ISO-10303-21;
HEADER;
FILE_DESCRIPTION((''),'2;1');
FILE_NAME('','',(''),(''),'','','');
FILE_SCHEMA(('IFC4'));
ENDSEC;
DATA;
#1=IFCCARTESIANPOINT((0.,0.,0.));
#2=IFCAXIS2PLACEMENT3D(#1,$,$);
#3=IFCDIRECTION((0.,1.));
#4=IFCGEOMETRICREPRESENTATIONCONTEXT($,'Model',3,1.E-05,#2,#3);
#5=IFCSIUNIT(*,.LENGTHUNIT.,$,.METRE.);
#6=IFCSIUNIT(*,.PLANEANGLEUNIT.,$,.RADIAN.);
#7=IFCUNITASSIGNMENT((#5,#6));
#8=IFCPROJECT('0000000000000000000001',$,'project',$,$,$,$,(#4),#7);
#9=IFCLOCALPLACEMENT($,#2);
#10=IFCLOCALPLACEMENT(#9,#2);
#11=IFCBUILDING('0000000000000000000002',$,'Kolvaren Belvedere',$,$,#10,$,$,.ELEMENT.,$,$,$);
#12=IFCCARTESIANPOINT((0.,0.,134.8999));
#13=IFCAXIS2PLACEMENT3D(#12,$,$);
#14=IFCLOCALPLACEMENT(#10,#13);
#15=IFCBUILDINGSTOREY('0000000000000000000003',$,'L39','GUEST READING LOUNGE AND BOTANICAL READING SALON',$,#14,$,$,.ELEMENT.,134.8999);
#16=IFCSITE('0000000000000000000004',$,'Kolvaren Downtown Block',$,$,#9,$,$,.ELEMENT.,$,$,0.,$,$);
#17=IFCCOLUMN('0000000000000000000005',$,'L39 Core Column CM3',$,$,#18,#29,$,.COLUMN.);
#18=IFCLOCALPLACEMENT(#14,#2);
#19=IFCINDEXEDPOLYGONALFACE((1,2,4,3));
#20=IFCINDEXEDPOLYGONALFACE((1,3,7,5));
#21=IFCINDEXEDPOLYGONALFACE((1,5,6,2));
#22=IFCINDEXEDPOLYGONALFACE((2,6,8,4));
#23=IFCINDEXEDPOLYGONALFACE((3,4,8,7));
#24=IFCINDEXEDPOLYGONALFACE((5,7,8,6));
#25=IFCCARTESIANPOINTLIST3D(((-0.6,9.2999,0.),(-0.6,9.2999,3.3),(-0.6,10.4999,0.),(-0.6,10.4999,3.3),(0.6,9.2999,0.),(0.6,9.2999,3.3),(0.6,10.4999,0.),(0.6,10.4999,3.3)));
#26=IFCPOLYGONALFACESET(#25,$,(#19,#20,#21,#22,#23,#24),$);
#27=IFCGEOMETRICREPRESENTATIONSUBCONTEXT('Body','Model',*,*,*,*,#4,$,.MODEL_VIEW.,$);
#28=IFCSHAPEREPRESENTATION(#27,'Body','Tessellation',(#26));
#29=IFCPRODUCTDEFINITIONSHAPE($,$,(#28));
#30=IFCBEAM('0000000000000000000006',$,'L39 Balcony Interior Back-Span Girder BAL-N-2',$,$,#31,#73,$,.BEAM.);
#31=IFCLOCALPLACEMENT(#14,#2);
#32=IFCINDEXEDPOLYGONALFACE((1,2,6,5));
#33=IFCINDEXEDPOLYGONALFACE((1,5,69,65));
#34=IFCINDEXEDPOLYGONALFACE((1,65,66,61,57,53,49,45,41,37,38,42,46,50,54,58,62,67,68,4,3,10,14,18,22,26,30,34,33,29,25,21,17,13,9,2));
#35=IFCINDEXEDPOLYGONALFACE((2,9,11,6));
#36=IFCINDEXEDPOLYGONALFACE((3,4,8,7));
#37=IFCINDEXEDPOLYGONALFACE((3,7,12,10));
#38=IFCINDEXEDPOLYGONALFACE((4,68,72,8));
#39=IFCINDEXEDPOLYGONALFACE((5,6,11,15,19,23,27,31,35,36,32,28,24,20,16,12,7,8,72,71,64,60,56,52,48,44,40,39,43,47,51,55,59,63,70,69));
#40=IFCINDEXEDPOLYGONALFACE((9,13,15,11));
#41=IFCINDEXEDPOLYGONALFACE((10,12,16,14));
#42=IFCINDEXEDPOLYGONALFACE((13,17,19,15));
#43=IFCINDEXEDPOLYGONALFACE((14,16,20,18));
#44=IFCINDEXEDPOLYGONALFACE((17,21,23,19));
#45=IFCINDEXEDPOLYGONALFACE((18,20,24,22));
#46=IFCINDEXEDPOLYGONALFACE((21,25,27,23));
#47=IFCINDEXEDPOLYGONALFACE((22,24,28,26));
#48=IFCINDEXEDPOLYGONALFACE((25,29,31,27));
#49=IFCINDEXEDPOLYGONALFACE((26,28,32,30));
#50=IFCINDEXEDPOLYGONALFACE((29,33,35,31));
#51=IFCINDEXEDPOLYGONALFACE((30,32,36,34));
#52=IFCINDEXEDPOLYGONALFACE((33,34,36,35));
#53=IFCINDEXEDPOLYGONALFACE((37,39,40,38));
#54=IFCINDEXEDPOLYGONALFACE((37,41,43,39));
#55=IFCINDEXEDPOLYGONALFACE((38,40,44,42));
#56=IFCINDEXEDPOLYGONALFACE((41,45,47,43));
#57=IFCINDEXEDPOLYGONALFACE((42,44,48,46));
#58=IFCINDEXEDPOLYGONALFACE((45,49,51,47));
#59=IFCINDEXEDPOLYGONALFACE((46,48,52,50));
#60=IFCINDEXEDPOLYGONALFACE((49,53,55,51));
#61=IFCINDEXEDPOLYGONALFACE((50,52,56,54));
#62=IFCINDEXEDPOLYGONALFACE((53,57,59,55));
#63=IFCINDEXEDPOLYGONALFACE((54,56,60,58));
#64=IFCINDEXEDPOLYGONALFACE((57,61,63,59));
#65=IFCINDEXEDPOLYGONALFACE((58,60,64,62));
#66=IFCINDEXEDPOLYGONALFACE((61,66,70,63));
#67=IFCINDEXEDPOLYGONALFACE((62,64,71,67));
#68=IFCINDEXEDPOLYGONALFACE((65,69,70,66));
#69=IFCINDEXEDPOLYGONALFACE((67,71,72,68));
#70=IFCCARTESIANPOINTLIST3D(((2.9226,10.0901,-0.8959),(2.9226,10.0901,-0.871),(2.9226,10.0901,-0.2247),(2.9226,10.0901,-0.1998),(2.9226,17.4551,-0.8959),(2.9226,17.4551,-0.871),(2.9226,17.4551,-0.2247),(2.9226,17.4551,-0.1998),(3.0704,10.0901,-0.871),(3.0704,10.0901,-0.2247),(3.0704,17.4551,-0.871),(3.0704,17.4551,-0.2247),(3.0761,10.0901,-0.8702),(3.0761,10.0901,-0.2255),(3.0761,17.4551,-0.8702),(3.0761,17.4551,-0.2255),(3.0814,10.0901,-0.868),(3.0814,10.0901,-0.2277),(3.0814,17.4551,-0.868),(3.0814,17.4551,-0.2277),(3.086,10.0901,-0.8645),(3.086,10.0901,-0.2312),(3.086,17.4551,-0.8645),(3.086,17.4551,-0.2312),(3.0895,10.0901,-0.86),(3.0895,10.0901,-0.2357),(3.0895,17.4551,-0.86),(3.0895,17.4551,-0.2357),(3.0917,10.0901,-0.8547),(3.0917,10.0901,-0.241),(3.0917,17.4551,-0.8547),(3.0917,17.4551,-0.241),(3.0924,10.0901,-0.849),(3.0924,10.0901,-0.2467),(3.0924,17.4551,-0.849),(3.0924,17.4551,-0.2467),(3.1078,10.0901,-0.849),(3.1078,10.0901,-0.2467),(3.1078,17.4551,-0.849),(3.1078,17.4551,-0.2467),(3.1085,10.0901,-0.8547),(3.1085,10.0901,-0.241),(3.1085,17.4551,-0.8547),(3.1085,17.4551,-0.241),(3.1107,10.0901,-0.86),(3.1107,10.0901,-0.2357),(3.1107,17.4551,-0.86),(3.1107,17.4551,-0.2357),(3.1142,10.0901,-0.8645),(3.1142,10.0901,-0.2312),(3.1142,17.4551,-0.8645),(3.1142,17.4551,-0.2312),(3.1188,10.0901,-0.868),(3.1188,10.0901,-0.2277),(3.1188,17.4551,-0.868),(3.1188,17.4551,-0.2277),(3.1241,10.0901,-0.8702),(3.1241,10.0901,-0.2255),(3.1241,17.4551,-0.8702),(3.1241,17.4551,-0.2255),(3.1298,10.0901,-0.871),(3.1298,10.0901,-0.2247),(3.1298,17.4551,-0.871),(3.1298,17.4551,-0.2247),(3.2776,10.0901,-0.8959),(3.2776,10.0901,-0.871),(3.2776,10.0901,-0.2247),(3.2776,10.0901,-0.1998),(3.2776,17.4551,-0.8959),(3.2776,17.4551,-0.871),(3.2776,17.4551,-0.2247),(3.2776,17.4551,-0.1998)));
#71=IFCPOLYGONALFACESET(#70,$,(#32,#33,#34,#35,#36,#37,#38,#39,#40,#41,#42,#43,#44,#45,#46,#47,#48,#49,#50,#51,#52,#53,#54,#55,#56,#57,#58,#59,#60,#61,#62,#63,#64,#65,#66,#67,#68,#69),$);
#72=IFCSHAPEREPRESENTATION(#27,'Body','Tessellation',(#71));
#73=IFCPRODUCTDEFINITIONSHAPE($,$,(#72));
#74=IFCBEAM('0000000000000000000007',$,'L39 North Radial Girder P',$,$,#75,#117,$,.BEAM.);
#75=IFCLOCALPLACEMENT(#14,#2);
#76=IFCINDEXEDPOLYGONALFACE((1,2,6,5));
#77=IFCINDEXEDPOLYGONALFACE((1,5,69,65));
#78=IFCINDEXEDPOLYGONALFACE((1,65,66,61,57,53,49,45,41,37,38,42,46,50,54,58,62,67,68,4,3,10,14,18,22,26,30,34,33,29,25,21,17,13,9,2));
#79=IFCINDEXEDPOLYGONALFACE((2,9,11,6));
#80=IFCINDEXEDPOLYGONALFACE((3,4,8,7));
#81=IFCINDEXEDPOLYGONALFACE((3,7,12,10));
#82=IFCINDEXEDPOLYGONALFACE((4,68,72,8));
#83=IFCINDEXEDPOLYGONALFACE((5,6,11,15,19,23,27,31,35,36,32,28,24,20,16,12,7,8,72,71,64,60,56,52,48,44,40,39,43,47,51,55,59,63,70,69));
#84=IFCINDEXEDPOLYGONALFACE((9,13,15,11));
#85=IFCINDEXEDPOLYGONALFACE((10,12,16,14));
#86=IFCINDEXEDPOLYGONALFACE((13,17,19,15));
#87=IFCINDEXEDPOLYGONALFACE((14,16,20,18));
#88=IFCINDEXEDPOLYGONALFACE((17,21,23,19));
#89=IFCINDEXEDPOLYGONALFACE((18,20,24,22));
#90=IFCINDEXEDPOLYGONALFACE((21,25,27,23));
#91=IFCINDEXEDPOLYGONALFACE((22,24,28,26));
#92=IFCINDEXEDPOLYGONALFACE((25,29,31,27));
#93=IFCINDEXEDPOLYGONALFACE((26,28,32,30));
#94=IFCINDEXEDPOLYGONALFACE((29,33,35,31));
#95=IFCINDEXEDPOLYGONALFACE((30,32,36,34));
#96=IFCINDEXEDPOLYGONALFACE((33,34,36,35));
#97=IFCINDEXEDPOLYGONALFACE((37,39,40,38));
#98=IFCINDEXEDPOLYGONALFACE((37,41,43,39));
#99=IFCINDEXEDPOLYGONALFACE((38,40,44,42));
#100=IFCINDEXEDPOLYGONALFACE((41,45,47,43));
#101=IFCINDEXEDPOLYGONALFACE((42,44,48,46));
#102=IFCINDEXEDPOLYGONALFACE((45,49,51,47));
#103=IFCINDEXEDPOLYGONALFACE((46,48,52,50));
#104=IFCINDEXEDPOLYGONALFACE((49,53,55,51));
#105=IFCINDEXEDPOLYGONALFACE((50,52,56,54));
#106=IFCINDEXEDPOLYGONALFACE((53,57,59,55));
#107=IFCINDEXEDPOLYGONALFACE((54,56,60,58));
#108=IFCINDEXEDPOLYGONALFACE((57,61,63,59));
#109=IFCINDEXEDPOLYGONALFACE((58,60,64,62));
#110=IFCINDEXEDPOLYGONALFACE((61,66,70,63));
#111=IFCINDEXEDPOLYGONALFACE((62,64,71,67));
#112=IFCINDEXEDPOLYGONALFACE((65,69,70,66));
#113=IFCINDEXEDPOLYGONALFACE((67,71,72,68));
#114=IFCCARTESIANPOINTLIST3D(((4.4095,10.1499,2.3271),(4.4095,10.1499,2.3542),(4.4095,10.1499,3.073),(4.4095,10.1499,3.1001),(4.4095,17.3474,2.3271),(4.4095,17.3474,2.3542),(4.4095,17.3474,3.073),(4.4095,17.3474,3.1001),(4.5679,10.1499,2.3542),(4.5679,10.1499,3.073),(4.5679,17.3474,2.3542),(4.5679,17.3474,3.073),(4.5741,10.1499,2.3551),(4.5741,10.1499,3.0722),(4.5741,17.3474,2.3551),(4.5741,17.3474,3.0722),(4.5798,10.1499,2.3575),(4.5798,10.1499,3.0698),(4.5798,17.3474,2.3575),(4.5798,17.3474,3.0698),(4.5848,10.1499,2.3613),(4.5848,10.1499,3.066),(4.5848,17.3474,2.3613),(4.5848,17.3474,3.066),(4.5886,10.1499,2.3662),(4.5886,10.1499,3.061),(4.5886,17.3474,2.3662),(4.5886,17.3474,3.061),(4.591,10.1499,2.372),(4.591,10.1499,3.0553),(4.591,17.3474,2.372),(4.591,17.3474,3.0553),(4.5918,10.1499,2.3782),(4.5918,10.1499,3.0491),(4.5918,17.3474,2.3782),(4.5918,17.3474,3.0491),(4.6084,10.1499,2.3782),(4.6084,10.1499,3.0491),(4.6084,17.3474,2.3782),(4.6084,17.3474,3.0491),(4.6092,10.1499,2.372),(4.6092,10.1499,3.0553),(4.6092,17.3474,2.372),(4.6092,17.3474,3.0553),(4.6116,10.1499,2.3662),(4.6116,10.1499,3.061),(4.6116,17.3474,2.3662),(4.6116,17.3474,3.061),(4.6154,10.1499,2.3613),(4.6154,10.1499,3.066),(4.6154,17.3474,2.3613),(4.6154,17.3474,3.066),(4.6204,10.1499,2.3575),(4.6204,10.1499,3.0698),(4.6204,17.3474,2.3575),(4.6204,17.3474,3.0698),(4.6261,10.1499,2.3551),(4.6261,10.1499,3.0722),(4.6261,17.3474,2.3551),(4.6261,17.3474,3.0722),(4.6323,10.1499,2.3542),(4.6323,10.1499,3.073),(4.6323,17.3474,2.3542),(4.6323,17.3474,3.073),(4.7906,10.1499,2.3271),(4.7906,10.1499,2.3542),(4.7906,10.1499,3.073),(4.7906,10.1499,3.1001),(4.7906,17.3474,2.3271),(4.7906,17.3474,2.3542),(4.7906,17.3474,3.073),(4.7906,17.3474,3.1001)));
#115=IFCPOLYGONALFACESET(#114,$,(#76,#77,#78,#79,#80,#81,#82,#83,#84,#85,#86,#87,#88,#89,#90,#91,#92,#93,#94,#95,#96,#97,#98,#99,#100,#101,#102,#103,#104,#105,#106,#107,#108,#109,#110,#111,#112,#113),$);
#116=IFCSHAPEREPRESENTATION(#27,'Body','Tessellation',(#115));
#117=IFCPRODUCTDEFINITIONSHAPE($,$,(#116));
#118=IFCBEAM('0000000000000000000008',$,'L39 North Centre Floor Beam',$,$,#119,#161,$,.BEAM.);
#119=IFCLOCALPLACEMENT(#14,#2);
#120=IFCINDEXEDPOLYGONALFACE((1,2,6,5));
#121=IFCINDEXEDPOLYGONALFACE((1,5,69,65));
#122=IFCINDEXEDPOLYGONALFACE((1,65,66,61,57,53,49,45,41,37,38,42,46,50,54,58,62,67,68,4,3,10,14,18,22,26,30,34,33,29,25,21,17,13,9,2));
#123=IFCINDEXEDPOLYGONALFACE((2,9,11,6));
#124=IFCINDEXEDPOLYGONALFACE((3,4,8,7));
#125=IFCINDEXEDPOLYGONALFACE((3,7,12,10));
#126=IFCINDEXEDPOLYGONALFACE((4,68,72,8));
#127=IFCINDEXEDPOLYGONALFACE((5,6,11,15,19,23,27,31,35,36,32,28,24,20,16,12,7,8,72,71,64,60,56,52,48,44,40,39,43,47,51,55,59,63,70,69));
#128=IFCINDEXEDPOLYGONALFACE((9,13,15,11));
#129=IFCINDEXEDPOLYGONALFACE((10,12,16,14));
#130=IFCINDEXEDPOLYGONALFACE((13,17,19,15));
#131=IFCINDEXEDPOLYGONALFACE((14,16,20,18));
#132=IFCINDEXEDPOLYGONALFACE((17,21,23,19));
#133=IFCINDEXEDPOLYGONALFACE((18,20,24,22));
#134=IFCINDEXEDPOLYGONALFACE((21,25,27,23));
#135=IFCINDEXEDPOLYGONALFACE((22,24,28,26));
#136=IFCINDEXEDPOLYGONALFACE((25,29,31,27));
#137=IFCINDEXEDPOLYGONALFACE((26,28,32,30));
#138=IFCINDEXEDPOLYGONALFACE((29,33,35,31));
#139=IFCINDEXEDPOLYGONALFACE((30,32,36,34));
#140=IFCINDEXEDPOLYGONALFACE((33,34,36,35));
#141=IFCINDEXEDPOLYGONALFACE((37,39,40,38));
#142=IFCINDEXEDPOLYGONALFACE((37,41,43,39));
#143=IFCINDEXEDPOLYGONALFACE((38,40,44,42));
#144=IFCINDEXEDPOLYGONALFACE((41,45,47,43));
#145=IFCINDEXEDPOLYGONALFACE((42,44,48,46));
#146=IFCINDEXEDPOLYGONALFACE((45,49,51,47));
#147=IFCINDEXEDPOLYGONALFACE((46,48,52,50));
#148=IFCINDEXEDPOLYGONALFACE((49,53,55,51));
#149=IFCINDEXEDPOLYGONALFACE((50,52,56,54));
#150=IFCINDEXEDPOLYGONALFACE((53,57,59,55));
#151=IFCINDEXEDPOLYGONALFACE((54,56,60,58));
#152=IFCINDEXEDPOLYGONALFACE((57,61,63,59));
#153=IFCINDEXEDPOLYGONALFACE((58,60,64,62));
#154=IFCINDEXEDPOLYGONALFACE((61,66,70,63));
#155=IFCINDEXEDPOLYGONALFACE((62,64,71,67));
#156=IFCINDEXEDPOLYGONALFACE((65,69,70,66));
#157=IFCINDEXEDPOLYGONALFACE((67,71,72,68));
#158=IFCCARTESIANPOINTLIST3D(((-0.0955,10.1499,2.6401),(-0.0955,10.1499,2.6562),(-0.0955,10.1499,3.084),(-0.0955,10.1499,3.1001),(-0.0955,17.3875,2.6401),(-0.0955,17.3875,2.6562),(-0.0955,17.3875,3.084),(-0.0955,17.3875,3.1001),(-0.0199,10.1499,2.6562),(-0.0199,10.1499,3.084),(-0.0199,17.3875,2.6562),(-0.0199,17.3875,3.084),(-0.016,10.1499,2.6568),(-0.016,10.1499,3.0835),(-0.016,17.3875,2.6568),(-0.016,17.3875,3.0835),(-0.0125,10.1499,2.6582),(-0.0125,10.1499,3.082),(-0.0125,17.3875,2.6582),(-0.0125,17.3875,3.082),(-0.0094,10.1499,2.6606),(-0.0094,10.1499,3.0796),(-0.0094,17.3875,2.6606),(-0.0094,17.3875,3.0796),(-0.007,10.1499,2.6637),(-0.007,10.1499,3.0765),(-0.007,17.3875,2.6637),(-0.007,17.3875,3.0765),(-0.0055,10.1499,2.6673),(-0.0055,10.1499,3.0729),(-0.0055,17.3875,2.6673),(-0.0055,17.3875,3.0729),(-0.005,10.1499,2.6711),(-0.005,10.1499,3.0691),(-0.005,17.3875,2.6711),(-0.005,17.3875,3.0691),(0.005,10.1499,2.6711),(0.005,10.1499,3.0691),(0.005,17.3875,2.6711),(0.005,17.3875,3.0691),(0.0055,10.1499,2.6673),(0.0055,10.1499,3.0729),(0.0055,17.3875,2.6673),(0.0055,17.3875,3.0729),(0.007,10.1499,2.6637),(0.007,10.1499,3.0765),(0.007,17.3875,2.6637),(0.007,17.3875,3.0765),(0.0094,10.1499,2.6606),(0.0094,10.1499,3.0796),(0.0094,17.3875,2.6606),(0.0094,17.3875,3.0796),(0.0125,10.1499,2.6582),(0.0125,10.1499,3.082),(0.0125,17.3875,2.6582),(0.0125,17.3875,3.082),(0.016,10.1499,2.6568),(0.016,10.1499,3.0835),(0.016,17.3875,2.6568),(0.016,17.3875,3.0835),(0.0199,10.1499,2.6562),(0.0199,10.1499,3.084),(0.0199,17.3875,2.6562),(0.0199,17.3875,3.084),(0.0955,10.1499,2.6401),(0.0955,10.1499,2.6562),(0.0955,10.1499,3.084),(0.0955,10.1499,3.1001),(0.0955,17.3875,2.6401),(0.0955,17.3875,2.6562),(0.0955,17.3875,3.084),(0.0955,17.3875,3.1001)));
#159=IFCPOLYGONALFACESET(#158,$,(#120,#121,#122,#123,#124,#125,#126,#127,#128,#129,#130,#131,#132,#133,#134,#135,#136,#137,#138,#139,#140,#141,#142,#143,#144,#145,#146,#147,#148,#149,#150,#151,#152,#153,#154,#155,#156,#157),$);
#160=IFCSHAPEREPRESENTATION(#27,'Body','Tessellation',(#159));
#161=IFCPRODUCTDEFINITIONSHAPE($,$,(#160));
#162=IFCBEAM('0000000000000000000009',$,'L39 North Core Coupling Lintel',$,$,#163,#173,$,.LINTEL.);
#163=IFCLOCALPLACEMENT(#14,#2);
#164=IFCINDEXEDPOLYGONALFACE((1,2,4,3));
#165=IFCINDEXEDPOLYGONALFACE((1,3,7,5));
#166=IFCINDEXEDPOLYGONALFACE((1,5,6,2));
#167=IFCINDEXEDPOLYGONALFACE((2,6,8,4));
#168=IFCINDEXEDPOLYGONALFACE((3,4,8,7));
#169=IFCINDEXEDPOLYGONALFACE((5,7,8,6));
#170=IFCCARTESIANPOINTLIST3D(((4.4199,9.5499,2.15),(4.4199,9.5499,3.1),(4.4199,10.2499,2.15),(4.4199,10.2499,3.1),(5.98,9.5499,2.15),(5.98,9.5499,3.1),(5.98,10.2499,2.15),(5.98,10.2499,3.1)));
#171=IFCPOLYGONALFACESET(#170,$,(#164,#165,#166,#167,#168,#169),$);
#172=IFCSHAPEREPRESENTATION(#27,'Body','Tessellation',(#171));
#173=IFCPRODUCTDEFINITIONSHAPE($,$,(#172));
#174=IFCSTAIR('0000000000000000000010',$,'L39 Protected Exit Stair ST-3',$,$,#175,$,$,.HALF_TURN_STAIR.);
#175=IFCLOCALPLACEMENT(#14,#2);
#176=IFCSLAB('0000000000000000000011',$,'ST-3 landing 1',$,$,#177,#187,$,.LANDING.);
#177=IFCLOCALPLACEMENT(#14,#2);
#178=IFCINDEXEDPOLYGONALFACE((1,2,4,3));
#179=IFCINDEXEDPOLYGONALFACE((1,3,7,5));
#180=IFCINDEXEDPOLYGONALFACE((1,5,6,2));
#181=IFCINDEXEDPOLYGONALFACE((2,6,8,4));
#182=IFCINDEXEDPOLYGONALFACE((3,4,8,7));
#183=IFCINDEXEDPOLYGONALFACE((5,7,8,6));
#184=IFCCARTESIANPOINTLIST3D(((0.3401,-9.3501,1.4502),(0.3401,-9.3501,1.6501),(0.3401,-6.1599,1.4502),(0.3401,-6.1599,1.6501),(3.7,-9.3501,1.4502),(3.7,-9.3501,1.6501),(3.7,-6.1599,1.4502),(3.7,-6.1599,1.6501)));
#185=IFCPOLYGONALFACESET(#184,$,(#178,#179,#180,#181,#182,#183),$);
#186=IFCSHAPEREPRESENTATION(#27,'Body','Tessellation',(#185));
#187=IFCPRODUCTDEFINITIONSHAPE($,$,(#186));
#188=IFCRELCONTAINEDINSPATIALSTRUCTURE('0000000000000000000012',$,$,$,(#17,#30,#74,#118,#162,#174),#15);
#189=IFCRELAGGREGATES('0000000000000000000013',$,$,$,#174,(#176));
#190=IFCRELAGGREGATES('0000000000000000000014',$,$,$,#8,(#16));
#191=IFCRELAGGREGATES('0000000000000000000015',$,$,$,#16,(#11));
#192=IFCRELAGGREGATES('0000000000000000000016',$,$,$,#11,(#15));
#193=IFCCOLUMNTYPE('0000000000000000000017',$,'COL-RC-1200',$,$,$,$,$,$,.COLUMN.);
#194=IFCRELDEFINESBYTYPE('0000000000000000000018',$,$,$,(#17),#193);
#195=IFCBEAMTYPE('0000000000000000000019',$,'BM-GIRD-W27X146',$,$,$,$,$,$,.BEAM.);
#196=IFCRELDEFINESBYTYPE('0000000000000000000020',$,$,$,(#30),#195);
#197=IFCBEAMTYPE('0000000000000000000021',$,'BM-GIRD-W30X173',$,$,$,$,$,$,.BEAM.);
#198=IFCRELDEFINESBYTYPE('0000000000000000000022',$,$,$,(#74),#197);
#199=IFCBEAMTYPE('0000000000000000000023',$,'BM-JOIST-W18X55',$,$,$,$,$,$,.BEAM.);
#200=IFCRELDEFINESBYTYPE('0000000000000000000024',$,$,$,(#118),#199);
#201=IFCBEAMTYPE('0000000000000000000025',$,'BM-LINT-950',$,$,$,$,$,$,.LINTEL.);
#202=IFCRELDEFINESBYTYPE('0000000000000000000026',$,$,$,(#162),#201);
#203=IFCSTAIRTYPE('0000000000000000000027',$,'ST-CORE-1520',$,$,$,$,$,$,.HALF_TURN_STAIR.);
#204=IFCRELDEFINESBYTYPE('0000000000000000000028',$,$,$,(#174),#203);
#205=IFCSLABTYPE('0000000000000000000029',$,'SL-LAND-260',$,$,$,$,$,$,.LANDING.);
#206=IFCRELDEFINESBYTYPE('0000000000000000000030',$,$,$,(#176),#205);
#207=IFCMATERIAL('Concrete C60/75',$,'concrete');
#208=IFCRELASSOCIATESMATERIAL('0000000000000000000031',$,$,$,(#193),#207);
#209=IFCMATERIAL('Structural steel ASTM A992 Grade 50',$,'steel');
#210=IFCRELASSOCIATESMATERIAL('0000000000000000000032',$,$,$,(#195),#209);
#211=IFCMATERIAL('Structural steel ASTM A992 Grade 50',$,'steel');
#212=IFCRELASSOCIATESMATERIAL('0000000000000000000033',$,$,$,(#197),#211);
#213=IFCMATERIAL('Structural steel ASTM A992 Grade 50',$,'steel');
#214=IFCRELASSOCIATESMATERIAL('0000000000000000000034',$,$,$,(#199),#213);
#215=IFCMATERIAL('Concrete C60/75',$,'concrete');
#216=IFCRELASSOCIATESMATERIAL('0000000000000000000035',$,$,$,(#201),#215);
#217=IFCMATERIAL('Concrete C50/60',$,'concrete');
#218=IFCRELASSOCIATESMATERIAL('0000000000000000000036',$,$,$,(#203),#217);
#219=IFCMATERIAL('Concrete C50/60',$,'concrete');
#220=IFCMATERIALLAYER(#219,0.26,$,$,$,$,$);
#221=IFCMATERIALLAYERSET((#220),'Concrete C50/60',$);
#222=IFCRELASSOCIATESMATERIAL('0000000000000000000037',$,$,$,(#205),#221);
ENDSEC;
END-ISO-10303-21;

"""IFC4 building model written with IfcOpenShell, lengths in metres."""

from ifc_helpers import new_model, si_unit, direction, frame, origin, origin_2d, place, context, subcontext, project, spatial, polyline, rectangle, i_section, outline, extrude, material, layer, layer_set, material_profile, profile_set, type_object, element, aggregate, save


model = new_model("IFC4")

# Units and contexts
model_context = context("Model", 3, precision=1e-05, world=origin(), true_north=direction((0.0, 1.0)))
body_context = subcontext(model_context, "Body", "Model", "MODEL_VIEW")
ifc_project = project(units=[si_unit("LENGTHUNIT", "METRE"), si_unit("PLANEANGLEUNIT", "RADIAN")], contexts=[model_context])

# Site, building, storey
site_placement = place(None, origin())
site = spatial("IfcSite", under=ifc_project, at=site_placement, Name="Kolvaren Downtown Block", CompositionType="ELEMENT", RefElevation=0.0)
building_placement = place(site_placement, origin())
building = spatial("IfcBuilding", under=site, at=building_placement, Name="Kolvaren Belvedere", CompositionType="ELEMENT")
storey_placement = place(building_placement, frame((0.0, 0.0, 134.8999)))
storey = spatial("IfcBuildingStorey", under=building, at=storey_placement, Name="L39", Description="GUEST READING LOUNGE AND BOTANICAL READING SALON", CompositionType="ELEMENT", Elevation=134.8999)

# Column
ifc_material_1 = material(Name="Concrete C60/75", Category="concrete")
ifc_material_profile_1 = material_profile(ifc_material_1, rectangle(XDim=1.2, YDim=1.2, at=origin_2d()), Name="RC 1200X1200")
ifc_profile_set_1 = profile_set([ifc_material_profile_1], Name="Concrete C60/75")
column_type = type_object("IfcColumnType", Name="COL-RC-1200", PredefinedType="COLUMN", material=ifc_profile_set_1)
column_placement = place(storey_placement, frame((0.0, 9.8999, 0.0), z_axis=(0.0, 0.0, 1.0), x_axis=(1.0, 0.0, 0.0)))
element("IfcColumn", 1, at=column_placement, inside=storey, type_object=column_type, Name="L39 Core Column CM3", PredefinedType="COLUMN", context=body_context, shape_type="SweptSolid", body=[
    extrude(rectangle(XDim=1.2, YDim=1.2, at=origin_2d()), origin(), (0.0, 0.0, 1.0), 3.3),
])

# Beams
ifc_material_2 = material(Name="Structural steel ASTM A992 Grade 50", Category="steel")
ifc_material_profile_2 = material_profile(ifc_material_2, i_section(OverallWidth=0.355, OverallDepth=0.696, WebThickness=0.0154, FlangeThickness=0.0249, FilletRadius=0.022, at=origin_2d()), Name="W27X146")
ifc_profile_set_2 = profile_set([ifc_material_profile_2], Name="Structural steel ASTM A992 Grade 50")
beam_type_1 = type_object("IfcBeamType", Name="BM-GIRD-W27X146", PredefinedType="BEAM", material=ifc_profile_set_2)
beam_1_placement = place(storey_placement, frame((3.1001, 10.0901, -0.5479), z_axis=(0.0, 1.0, 0.0), x_axis=(-1.0, 0.0, 0.0)))
element("IfcBeam", 2, at=beam_1_placement, inside=storey, type_object=beam_type_1, Name="L39 Balcony Interior Back-Span Girder BAL-N-2", PredefinedType="BEAM", context=body_context, shape_type="SweptSolid", body=[
    extrude(i_section(OverallWidth=0.355, OverallDepth=0.696, WebThickness=0.0154, FlangeThickness=0.0249, FilletRadius=0.022, at=origin_2d()), origin(), (0.0, 0.0, 1.0), 7.365),
])
ifc_material_3 = material(Name="Structural steel ASTM A992 Grade 50", Category="steel")
ifc_material_profile_3 = material_profile(ifc_material_3, i_section(OverallWidth=0.3811, OverallDepth=0.7729, WebThickness=0.0166, FlangeThickness=0.0271, FilletRadius=0.0239, at=origin_2d()), Name="W30X173")
ifc_profile_set_3 = profile_set([ifc_material_profile_3], Name="Structural steel ASTM A992 Grade 50")
beam_type_2 = type_object("IfcBeamType", Name="BM-GIRD-W30X173", PredefinedType="BEAM", material=ifc_profile_set_3)
beam_2_placement = place(storey_placement, frame((4.6001, 10.1499, 2.7136), z_axis=(0.0, 1.0, 0.0), x_axis=(-1.0, 0.0, 0.0)))
element("IfcBeam", 3, at=beam_2_placement, inside=storey, type_object=beam_type_2, Name="L39 North Radial Girder P", PredefinedType="BEAM", context=body_context, shape_type="SweptSolid", body=[
    extrude(i_section(OverallWidth=0.3811, OverallDepth=0.7729, WebThickness=0.0166, FlangeThickness=0.0271, FilletRadius=0.0239, at=origin_2d()), origin(), (0.0, 0.0, 1.0), 7.1975),
])
ifc_material_4 = material(Name="Structural steel ASTM A992 Grade 50", Category="steel")
ifc_material_profile_4 = material_profile(ifc_material_4, i_section(OverallWidth=0.1909, OverallDepth=0.46, WebThickness=0.01, FlangeThickness=0.0161, FilletRadius=0.0149, at=origin_2d()), Name="W18X55")
ifc_profile_set_4 = profile_set([ifc_material_profile_4], Name="Structural steel ASTM A992 Grade 50")
beam_type_3 = type_object("IfcBeamType", Name="BM-JOIST-W18X55", PredefinedType="BEAM", material=ifc_profile_set_4)
beam_3_placement = place(storey_placement, frame((0.0, 10.1499, 2.8701), z_axis=(0.0, 1.0, 0.0), x_axis=(-1.0, 0.0, 0.0)))
element("IfcBeam", 4, at=beam_3_placement, inside=storey, type_object=beam_type_3, Name="L39 North Centre Floor Beam", PredefinedType="BEAM", context=body_context, shape_type="SweptSolid", body=[
    extrude(i_section(OverallWidth=0.1909, OverallDepth=0.46, WebThickness=0.01, FlangeThickness=0.0161, FilletRadius=0.0149, at=origin_2d()), origin(), (0.0, 0.0, 1.0), 7.2375),
])
ifc_material_5 = material(Name="Concrete C60/75", Category="concrete")
ifc_material_profile_5 = material_profile(ifc_material_5, rectangle(XDim=0.7, YDim=0.95, at=origin_2d()), Name="RC 700X950")
ifc_profile_set_5 = profile_set([ifc_material_profile_5], Name="Concrete C60/75")
beam_type_4 = type_object("IfcBeamType", Name="BM-LINT-950", PredefinedType="LINTEL", material=ifc_profile_set_5)
beam_4_placement = place(storey_placement, frame((4.4199, 9.8999, 2.625), z_axis=(1.0, 0.0, 0.0), x_axis=(0.0, 1.0, 0.0)))
element("IfcBeam", 5, at=beam_4_placement, inside=storey, type_object=beam_type_4, Name="L39 North Core Coupling Lintel", PredefinedType="LINTEL", context=body_context, shape_type="SweptSolid", body=[
    extrude(rectangle(XDim=0.7, YDim=0.95, at=origin_2d()), origin(), (0.0, 0.0, 1.0), 1.5601),
])

# Stair, slab
ifc_material_6 = material(Name="Concrete C50/60", Category="concrete")
stair_type = type_object("IfcStairType", Name="ST-CORE-1520", PredefinedType="HALF_TURN_STAIR", material=ifc_material_6)
stair_1_placement = place(storey_placement, origin())
stair_1 = element("IfcStair", 6, at=stair_1_placement, inside=storey, type_object=stair_type, Name="L39 Protected Exit Stair ST-3", PredefinedType="HALF_TURN_STAIR")
ifc_material_7 = material(Name="Concrete C50/60", Category="concrete")
ifc_layer_1 = layer(ifc_material_7, 0.26)
ifc_layer_set_1 = layer_set([ifc_layer_1], Name="Concrete C50/60")
slab_type = type_object("IfcSlabType", Name="SL-LAND-260", PredefinedType="LANDING", material=ifc_layer_set_1)
slab_placement = place(storey_placement, frame((0.0, 0.0, 1.4502)))
slab = element("IfcSlab", 7, at=slab_placement, type_object=slab_type, Name="ST-3 landing 1", PredefinedType="LANDING", context=body_context, shape_type="SweptSolid", body=[
    extrude(outline(polyline([(0.3401, -9.3501), (3.7, -9.3501), (3.7, -6.1599), (0.3401, -6.1599), (0.3401, -9.3501)])), origin(), (0.0, 0.0, 1.0), 0.2),
])
aggregate(stair_1, [slab])

save(model, "model.ifc")
